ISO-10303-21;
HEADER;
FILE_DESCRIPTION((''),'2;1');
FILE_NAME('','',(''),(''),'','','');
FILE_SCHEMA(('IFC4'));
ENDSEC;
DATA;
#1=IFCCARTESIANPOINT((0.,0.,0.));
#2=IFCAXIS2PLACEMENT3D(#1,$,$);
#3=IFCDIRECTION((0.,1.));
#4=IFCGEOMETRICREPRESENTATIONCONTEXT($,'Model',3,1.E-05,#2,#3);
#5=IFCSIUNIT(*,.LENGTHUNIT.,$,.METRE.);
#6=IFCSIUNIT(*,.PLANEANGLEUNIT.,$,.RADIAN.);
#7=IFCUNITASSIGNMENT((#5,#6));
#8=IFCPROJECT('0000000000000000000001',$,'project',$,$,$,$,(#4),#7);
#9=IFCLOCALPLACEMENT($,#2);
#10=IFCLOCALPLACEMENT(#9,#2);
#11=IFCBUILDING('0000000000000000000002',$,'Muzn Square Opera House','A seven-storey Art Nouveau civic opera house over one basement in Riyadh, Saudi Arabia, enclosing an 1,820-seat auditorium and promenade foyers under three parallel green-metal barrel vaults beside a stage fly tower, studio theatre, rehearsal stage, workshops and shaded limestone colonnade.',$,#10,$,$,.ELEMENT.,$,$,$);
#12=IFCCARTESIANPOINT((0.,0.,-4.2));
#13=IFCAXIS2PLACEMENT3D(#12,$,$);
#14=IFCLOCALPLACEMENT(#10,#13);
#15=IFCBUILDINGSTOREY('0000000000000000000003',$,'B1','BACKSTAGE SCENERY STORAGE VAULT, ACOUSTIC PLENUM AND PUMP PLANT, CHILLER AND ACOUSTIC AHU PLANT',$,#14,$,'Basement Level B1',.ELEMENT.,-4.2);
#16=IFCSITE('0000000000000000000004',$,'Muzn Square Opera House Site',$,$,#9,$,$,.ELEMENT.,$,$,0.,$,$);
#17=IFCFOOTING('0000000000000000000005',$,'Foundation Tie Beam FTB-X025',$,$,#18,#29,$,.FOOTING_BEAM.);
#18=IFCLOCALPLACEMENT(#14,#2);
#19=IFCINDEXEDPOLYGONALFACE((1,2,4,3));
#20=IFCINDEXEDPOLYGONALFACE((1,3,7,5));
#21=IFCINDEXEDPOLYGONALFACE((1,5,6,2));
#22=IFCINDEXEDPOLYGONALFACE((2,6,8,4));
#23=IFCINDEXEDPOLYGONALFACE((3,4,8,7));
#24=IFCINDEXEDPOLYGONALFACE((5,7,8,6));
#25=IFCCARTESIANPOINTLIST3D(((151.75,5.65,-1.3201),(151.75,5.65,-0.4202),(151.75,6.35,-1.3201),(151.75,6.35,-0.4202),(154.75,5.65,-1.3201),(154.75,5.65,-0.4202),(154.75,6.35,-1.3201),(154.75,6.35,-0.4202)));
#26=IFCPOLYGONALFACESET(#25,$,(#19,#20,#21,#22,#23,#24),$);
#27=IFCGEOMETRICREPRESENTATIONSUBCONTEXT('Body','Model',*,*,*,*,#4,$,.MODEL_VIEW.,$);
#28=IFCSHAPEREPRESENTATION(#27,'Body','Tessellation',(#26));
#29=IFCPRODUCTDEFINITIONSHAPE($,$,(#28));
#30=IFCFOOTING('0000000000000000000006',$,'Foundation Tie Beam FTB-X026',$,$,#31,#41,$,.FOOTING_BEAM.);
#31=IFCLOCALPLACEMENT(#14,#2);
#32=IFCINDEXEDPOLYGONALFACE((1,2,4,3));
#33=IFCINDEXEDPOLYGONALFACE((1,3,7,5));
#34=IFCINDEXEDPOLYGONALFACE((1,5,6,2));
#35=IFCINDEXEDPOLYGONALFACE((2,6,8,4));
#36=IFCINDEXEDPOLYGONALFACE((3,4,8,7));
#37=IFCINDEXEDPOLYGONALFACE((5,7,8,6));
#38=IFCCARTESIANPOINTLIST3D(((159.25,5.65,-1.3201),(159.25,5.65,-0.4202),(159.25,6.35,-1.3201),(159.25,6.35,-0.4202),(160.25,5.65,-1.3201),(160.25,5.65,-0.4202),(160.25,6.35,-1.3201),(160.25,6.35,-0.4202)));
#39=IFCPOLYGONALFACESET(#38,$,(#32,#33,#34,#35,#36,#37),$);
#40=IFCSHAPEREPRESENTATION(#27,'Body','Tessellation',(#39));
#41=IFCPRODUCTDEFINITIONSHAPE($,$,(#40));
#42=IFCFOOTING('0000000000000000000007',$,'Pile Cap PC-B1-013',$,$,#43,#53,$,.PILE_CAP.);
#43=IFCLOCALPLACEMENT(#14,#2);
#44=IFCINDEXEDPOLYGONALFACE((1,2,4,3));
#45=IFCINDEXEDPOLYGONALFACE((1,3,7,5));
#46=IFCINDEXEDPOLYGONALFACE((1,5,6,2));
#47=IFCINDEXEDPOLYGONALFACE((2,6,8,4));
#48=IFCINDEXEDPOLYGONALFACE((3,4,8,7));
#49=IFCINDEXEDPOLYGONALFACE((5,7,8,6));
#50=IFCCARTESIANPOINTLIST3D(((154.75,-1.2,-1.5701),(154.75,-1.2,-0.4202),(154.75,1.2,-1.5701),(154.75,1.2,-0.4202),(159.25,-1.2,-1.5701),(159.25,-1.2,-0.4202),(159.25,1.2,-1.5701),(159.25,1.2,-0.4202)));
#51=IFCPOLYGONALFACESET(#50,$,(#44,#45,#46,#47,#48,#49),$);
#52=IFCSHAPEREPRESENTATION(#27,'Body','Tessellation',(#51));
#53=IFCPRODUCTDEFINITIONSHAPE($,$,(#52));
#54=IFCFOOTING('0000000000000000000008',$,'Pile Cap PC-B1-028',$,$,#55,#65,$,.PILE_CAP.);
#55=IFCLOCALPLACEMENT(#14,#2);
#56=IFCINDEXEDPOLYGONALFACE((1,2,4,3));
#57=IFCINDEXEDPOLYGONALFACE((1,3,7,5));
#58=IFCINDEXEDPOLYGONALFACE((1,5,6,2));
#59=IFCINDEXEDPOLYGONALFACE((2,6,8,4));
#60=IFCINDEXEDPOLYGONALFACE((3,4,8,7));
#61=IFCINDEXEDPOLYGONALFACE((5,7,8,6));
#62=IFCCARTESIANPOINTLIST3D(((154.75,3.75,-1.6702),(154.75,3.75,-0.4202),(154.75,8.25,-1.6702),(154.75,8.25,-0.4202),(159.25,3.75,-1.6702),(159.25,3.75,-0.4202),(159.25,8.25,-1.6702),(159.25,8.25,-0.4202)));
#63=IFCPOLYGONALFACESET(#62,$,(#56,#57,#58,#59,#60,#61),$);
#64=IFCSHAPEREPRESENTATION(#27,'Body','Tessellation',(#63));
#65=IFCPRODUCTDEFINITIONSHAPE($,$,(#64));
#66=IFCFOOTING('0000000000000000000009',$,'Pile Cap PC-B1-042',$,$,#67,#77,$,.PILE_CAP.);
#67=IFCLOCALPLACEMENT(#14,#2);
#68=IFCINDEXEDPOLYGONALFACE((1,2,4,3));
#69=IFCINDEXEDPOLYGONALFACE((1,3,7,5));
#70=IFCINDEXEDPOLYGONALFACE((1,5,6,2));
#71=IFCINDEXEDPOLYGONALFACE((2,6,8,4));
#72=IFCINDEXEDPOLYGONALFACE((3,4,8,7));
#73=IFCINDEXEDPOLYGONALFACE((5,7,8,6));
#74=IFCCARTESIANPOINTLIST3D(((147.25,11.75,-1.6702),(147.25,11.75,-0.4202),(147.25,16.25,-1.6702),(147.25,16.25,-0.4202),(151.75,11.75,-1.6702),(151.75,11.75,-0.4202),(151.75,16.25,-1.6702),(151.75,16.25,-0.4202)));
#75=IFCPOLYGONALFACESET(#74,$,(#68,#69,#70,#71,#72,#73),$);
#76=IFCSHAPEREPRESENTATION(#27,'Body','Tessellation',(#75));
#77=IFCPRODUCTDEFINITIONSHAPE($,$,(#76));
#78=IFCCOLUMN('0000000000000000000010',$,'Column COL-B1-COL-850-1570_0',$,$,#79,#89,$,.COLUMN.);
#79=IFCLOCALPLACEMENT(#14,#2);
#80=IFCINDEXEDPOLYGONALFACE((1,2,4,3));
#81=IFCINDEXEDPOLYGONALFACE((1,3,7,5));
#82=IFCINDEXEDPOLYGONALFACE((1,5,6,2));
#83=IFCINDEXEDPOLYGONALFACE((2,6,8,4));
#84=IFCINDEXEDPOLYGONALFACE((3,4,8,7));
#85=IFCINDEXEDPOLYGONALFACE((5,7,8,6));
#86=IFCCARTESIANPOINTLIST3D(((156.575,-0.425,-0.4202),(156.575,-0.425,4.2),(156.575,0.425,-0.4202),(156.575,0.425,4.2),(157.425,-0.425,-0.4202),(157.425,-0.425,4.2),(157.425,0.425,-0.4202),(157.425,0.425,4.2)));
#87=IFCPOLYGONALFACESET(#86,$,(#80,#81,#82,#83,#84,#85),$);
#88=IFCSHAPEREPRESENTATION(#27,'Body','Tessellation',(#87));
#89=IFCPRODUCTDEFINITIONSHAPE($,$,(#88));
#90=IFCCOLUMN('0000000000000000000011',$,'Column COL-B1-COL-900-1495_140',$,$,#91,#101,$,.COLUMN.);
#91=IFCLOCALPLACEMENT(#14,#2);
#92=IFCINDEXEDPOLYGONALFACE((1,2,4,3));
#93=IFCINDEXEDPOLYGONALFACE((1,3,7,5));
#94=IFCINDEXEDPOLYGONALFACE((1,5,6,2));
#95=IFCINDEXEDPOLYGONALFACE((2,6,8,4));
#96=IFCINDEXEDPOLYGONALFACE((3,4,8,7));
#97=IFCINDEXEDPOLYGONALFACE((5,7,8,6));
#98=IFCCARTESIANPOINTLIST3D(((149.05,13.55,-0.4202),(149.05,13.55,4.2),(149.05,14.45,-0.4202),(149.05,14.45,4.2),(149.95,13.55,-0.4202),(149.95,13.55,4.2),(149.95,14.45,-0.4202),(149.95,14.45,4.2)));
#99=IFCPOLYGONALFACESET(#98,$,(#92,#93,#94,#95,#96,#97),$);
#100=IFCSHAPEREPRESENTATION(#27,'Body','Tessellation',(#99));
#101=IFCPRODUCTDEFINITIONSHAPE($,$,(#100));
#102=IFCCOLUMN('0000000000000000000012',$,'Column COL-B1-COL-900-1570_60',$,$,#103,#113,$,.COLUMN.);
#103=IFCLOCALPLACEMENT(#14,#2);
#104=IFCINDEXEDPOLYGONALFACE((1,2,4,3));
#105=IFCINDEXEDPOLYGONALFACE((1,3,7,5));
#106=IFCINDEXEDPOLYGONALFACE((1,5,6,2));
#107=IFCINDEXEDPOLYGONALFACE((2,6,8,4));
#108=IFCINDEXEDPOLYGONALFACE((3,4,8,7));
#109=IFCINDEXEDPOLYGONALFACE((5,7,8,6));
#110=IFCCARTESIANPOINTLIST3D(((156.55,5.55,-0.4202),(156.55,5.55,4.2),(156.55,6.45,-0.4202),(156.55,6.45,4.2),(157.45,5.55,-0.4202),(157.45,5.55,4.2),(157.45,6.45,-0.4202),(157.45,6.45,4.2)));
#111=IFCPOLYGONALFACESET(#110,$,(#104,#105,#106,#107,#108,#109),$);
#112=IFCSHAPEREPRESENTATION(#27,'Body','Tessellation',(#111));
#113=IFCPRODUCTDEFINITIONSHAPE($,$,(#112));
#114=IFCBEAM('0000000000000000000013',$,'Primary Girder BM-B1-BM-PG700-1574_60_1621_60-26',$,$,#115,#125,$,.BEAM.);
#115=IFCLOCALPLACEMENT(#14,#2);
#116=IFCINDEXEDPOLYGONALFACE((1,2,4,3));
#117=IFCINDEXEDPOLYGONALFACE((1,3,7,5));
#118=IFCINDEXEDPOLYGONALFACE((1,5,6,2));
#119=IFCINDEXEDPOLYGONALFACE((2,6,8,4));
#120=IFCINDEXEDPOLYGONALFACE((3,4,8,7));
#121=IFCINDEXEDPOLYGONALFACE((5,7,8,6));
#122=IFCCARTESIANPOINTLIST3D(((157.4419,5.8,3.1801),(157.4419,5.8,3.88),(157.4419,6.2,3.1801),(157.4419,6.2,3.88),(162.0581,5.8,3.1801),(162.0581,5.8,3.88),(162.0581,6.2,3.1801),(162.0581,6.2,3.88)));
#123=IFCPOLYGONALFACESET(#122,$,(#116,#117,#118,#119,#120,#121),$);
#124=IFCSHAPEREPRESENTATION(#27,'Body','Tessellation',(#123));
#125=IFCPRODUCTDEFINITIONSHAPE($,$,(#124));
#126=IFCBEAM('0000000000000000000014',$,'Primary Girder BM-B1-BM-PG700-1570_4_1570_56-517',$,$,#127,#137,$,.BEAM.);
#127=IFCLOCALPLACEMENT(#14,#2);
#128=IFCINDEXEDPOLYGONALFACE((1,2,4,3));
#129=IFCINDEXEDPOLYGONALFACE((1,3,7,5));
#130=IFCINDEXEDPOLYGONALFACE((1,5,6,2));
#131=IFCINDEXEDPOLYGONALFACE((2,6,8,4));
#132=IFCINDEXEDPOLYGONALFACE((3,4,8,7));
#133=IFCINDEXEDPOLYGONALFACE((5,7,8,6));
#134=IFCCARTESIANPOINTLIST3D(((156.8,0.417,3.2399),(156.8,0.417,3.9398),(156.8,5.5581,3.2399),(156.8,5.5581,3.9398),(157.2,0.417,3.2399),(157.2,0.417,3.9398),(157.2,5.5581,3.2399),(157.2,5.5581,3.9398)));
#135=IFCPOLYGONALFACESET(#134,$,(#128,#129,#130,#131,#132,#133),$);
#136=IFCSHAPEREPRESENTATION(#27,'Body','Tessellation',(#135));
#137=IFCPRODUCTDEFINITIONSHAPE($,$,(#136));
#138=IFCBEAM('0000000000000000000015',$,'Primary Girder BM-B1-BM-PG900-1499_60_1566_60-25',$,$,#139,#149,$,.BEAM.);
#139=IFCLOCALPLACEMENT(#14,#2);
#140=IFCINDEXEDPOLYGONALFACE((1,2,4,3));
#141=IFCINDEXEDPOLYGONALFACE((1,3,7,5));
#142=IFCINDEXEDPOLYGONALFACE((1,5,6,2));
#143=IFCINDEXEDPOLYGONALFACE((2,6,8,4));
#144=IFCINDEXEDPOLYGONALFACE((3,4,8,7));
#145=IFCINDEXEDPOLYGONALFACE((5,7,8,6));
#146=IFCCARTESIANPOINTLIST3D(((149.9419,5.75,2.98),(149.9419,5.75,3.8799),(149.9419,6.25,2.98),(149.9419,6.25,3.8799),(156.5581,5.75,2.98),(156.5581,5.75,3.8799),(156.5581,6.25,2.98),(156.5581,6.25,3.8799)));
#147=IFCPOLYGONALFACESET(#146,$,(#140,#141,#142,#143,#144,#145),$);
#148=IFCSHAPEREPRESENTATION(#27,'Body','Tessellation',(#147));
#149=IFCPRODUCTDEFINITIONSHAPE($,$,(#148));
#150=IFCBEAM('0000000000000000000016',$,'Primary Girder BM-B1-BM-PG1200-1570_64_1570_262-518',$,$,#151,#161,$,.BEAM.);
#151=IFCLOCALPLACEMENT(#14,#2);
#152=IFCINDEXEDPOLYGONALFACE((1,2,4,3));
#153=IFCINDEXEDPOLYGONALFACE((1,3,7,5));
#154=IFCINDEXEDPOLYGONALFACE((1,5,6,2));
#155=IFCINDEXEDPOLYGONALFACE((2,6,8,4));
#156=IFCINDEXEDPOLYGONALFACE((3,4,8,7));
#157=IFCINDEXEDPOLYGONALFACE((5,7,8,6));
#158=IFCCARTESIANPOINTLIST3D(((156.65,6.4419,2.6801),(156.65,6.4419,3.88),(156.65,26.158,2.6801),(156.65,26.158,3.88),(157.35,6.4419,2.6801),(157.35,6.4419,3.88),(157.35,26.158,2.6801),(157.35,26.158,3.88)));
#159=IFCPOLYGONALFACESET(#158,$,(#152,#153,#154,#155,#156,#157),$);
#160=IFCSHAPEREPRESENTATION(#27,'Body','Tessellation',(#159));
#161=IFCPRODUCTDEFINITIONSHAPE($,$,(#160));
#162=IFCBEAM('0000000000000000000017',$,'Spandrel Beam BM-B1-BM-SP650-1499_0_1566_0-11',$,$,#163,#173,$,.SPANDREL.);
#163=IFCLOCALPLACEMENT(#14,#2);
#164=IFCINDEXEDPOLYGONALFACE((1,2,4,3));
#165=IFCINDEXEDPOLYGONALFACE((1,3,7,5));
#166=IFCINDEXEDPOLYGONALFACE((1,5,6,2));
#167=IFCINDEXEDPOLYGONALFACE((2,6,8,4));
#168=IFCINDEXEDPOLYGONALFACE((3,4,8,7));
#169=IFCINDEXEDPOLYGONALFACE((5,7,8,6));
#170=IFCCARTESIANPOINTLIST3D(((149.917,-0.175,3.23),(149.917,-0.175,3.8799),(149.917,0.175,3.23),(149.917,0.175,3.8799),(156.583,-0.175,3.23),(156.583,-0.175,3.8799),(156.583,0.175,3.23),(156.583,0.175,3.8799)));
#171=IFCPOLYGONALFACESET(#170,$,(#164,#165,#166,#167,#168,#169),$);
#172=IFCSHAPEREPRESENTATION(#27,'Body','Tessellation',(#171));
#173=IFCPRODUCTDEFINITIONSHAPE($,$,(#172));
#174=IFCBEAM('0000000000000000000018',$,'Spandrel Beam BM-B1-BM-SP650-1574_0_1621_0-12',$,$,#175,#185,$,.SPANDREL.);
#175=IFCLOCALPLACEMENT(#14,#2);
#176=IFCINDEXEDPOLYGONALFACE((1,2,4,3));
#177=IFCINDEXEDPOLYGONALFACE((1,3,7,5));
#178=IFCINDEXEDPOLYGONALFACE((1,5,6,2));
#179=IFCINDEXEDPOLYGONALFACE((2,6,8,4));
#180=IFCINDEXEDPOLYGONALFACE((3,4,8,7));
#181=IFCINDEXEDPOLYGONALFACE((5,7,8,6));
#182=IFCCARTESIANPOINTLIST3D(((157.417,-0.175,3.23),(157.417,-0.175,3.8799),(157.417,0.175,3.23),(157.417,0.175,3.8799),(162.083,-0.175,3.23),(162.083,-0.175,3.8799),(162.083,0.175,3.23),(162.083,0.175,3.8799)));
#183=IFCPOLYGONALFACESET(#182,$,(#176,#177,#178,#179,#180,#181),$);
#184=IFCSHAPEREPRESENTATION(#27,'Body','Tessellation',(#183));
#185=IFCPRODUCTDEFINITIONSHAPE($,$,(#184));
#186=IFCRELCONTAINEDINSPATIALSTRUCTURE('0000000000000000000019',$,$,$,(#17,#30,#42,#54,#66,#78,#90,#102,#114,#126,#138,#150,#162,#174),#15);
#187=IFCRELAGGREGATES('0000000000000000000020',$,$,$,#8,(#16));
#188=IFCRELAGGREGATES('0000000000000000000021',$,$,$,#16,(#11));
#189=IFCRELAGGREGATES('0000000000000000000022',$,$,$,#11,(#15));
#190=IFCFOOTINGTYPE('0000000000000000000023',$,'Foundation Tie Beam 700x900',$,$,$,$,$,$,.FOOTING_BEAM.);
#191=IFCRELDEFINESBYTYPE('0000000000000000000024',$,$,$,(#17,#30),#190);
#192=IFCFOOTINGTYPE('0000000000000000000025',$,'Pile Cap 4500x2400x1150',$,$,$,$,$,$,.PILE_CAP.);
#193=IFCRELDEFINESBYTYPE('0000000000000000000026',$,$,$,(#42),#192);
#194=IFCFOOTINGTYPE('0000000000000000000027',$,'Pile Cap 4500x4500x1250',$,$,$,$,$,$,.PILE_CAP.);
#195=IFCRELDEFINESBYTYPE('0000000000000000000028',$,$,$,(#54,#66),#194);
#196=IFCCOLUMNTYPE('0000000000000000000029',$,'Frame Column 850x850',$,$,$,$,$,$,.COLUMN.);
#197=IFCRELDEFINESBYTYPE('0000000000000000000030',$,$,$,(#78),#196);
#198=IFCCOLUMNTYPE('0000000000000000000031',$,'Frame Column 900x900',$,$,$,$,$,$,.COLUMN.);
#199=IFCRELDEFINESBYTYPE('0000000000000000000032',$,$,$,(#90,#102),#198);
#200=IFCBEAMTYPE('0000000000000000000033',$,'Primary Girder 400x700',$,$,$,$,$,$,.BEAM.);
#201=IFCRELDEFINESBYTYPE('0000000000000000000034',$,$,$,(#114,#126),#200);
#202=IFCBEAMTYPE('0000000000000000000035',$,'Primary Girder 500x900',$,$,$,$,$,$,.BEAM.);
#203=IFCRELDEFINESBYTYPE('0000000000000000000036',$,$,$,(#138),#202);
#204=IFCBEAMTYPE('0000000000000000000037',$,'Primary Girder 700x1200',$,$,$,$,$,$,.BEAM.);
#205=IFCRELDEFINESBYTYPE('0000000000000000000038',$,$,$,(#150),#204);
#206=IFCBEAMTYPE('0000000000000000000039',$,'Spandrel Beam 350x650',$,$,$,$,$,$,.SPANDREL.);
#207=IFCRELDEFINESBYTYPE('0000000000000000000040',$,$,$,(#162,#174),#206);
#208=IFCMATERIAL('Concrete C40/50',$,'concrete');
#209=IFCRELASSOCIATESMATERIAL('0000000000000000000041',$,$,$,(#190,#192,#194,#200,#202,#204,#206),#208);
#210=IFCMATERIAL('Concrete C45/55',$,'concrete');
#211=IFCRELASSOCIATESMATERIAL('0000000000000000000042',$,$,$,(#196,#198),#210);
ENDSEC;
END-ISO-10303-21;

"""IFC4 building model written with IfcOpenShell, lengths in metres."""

from ifc_helpers import new_model, si_unit, direction, frame, origin, origin_2d, place, context, subcontext, project, spatial, rectangle, extrude, material, material_profile, profile_set, type_object, element, save


model = new_model("IFC4")

# Units and contexts
model_context = context("Model", 3, precision=1e-05, world=origin(), true_north=direction((0.0, 1.0)))
body_context = subcontext(model_context, "Body", "Model", "MODEL_VIEW")
ifc_project = project(units=[si_unit("LENGTHUNIT", "METRE"), si_unit("PLANEANGLEUNIT", "RADIAN")], contexts=[model_context])

# Site, building, storey
site_placement = place(None, origin())
site = spatial("IfcSite", under=ifc_project, at=site_placement, Name="Muzn Square Opera House Site", CompositionType="ELEMENT", RefElevation=0.0)
building_placement = place(site_placement, origin())
building = spatial("IfcBuilding", under=site, at=building_placement, Name="Muzn Square Opera House", Description="A seven-storey Art Nouveau civic opera house over one basement in Riyadh, Saudi Arabia, enclosing an 1,820-seat auditorium and promenade foyers under three parallel green-metal barrel vaults beside a stage fly tower, studio theatre, rehearsal stage, workshops and shaded limestone colonnade.", CompositionType="ELEMENT")
storey_placement = place(building_placement, frame((0.0, 0.0, -4.2)))
storey = spatial("IfcBuildingStorey", under=building, at=storey_placement, Name="B1", Description="BACKSTAGE SCENERY STORAGE VAULT, ACOUSTIC PLENUM AND PUMP PLANT, CHILLER AND ACOUSTIC AHU PLANT", LongName="Basement Level B1", CompositionType="ELEMENT", Elevation=-4.2)

# Shared definitions
ifc_material_1 = material(Name="Concrete C40/50", Category="concrete")

# Footings
ifc_material_profile_1 = material_profile(ifc_material_1, rectangle(XDim=0.7, YDim=0.8999, at=origin_2d()), Name="RCTB 700x900", Category="concrete")
ifc_profile_set_1 = profile_set([ifc_material_profile_1], Name="Concrete C40/50")
footing_type_1 = type_object("IfcFootingType", Name="Foundation Tie Beam 700x900", PredefinedType="FOOTING_BEAM", material=ifc_profile_set_1)
footing_1_placement = place(storey_placement, frame((151.75, 6.0, -0.8701), z_axis=(1.0, 0.0, 0.0), x_axis=(0.0, 1.0, 0.0)))
element("IfcFooting", 1, at=footing_1_placement, inside=storey, type_object=footing_type_1, Name="Foundation Tie Beam FTB-X025", PredefinedType="FOOTING_BEAM", context=body_context, shape_type="SweptSolid", body=[
    extrude(rectangle(XDim=0.7, YDim=0.8999, at=origin_2d()), origin(), (0.0, 0.0, 1.0), 3.0),
])
footing_2_placement = place(storey_placement, frame((159.25, 6.0, -0.8701), z_axis=(1.0, 0.0, 0.0), x_axis=(0.0, 1.0, 0.0)))
element("IfcFooting", 2, at=footing_2_placement, inside=storey, type_object=footing_type_1, Name="Foundation Tie Beam FTB-X026", PredefinedType="FOOTING_BEAM", context=body_context, shape_type="SweptSolid", body=[
    extrude(rectangle(XDim=0.7, YDim=0.8999, at=origin_2d()), origin(), (0.0, 0.0, 1.0), 1.0),
])
footing_type_2 = type_object("IfcFootingType", Name="Pile Cap 4500x2400x1150", PredefinedType="PILE_CAP", material=ifc_material_1)
footing_3_placement = place(storey_placement, frame((157.0, 0.0, -1.5701), z_axis=(0.0, 0.0, 1.0), x_axis=(1.0, 0.0, 0.0)))
element("IfcFooting", 3, at=footing_3_placement, inside=storey, type_object=footing_type_2, Name="Pile Cap PC-B1-013", PredefinedType="PILE_CAP", context=body_context, shape_type="SweptSolid", body=[
    extrude(rectangle(XDim=4.5, YDim=2.3999, at=origin_2d()), origin(), (0.0, 0.0, 1.0), 1.1499),
])
footing_type_3 = type_object("IfcFootingType", Name="Pile Cap 4500x4500x1250", PredefinedType="PILE_CAP", material=ifc_material_1)
for number, where, z_axis, x_axis, name in (
    (4, (157.0, 6.0, -1.6702), (0.0, 0.0, 1.0), (1.0, 0.0, 0.0), "Pile Cap PC-B1-028"),
    (5, (149.5, 14.0, -1.6702), (0.0, 0.0, 1.0), (1.0, 0.0, 0.0), "Pile Cap PC-B1-042"),
):
    element("IfcFooting", number, at=place(storey_placement, frame(where, z_axis=z_axis, x_axis=x_axis)), inside=storey, type_object=footing_type_3, Name=name, PredefinedType="PILE_CAP", context=body_context, shape_type="SweptSolid", body=[
        extrude(rectangle(XDim=4.5, YDim=4.5, at=origin_2d()), origin(), (0.0, 0.0, 1.0), 1.25),
    ])

# Columns
ifc_material_2 = material(Name="Concrete C45/55", Category="concrete")
ifc_material_profile_2 = material_profile(ifc_material_2, rectangle(XDim=0.8501, YDim=0.8501, at=origin_2d()), Name="RC 850x850", Category="concrete")
ifc_profile_set_2 = profile_set([ifc_material_profile_2], Name="Concrete C45/55")
column_type_1 = type_object("IfcColumnType", Name="Frame Column 850x850", PredefinedType="COLUMN", material=ifc_profile_set_2)
column_placement = place(storey_placement, frame((157.0, 0.0, -0.4202), z_axis=(0.0, 0.0, 1.0), x_axis=(1.0, 0.0, 0.0)))
element("IfcColumn", 6, at=column_placement, inside=storey, type_object=column_type_1, Name="Column COL-B1-COL-850-1570_0", PredefinedType="COLUMN", context=body_context, shape_type="SweptSolid", body=[
    extrude(rectangle(XDim=0.8501, YDim=0.8501, at=origin_2d()), origin(), (0.0, 0.0, 1.0), 4.6201),
])
ifc_material_profile_3 = material_profile(ifc_material_2, rectangle(XDim=0.8999, YDim=0.8999, at=origin_2d()), Name="RC 900x900", Category="concrete")
ifc_profile_set_3 = profile_set([ifc_material_profile_3], Name="Concrete C45/55")
column_type_2 = type_object("IfcColumnType", Name="Frame Column 900x900", PredefinedType="COLUMN", material=ifc_profile_set_3)
for number, where, z_axis, x_axis, name in (
    (7, (149.5, 14.0, -0.4202), (0.0, 0.0, 1.0), (1.0, 0.0, 0.0), "Column COL-B1-COL-900-1495_140"),
    (8, (157.0, 6.0, -0.4202), (0.0, 0.0, 1.0), (1.0, 0.0, 0.0), "Column COL-B1-COL-900-1570_60"),
):
    element("IfcColumn", number, at=place(storey_placement, frame(where, z_axis=z_axis, x_axis=x_axis)), inside=storey, type_object=column_type_2, Name=name, PredefinedType="COLUMN", context=body_context, shape_type="SweptSolid", body=[
        extrude(rectangle(XDim=0.8999, YDim=0.8999, at=origin_2d()), origin(), (0.0, 0.0, 1.0), 4.6201),
    ])

# Beams
ifc_material_profile_4 = material_profile(ifc_material_1, rectangle(XDim=0.3999, YDim=0.7, at=origin_2d()), Name="RCB 400x700", Category="concrete")
ifc_profile_set_4 = profile_set([ifc_material_profile_4], Name="Concrete C40/50")
beam_type_1 = type_object("IfcBeamType", Name="Primary Girder 400x700", PredefinedType="BEAM", material=ifc_profile_set_4)
beam_1_placement = place(storey_placement, frame((157.4419, 6.0, 3.53), z_axis=(1.0, 0.0, 0.0), x_axis=(0.0, 1.0, 0.0)))
element("IfcBeam", 9, at=beam_1_placement, inside=storey, type_object=beam_type_1, Name="Primary Girder BM-B1-BM-PG700-1574_60_1621_60-26", PredefinedType="BEAM", context=body_context, shape_type="SweptSolid", body=[
    extrude(rectangle(XDim=0.3999, YDim=0.7, at=origin_2d()), origin(), (0.0, 0.0, 1.0), 4.6162),
])
beam_2_placement = place(storey_placement, frame((157.0, 0.417, 3.5898), z_axis=(0.0, 1.0, 0.0), x_axis=(-1.0, 0.0, 0.0)))
element("IfcBeam", 10, at=beam_2_placement, inside=storey, type_object=beam_type_1, Name="Primary Girder BM-B1-BM-PG700-1570_4_1570_56-517", PredefinedType="BEAM", context=body_context, shape_type="SweptSolid", body=[
    extrude(rectangle(XDim=0.3999, YDim=0.7, at=origin_2d()), origin(), (0.0, 0.0, 1.0), 5.1411),
])
ifc_material_profile_5 = material_profile(ifc_material_1, rectangle(XDim=0.5, YDim=0.8999, at=origin_2d()), Name="RCB 500x900", Category="concrete")
ifc_profile_set_5 = profile_set([ifc_material_profile_5], Name="Concrete C40/50")
beam_type_2 = type_object("IfcBeamType", Name="Primary Girder 500x900", PredefinedType="BEAM", material=ifc_profile_set_5)
beam_3_placement = place(storey_placement, frame((149.9419, 6.0, 3.4299), z_axis=(1.0, 0.0, 0.0), x_axis=(0.0, 1.0, 0.0)))
element("IfcBeam", 11, at=beam_3_placement, inside=storey, type_object=beam_type_2, Name="Primary Girder BM-B1-BM-PG900-1499_60_1566_60-25", PredefinedType="BEAM", context=body_context, shape_type="SweptSolid", body=[
    extrude(rectangle(XDim=0.5, YDim=0.8999, at=origin_2d()), origin(), (0.0, 0.0, 1.0), 6.6162),
])
ifc_material_profile_6 = material_profile(ifc_material_1, rectangle(XDim=0.7, YDim=1.2, at=origin_2d()), Name="RCB 700x1200", Category="concrete")
ifc_profile_set_6 = profile_set([ifc_material_profile_6], Name="Concrete C40/50")
beam_type_3 = type_object("IfcBeamType", Name="Primary Girder 700x1200", PredefinedType="BEAM", material=ifc_profile_set_6)
beam_4_placement = place(storey_placement, frame((157.0, 6.4419, 3.28), z_axis=(0.0, 1.0, 0.0), x_axis=(-1.0, 0.0, 0.0)))
element("IfcBeam", 12, at=beam_4_placement, inside=storey, type_object=beam_type_3, Name="Primary Girder BM-B1-BM-PG1200-1570_64_1570_262-518", PredefinedType="BEAM", context=body_context, shape_type="SweptSolid", body=[
    extrude(rectangle(XDim=0.7, YDim=1.2, at=origin_2d()), origin(), (0.0, 0.0, 1.0), 19.7161),
])
ifc_material_profile_7 = material_profile(ifc_material_1, rectangle(XDim=0.3501, YDim=0.6499, at=origin_2d()), Name="RCS 350x650", Category="concrete")
ifc_profile_set_7 = profile_set([ifc_material_profile_7], Name="Concrete C40/50")
beam_type_4 = type_object("IfcBeamType", Name="Spandrel Beam 350x650", PredefinedType="SPANDREL", material=ifc_profile_set_7)
beam_5_placement = place(storey_placement, frame((149.917, 0.0, 3.5549), z_axis=(1.0, 0.0, 0.0), x_axis=(0.0, 1.0, 0.0)))
element("IfcBeam", 13, at=beam_5_placement, inside=storey, type_object=beam_type_4, Name="Spandrel Beam BM-B1-BM-SP650-1499_0_1566_0-11", PredefinedType="SPANDREL", context=body_context, shape_type="SweptSolid", body=[
    extrude(rectangle(XDim=0.3501, YDim=0.6499, at=origin_2d()), origin(), (0.0, 0.0, 1.0), 6.666),
])
beam_6_placement = place(storey_placement, frame((157.417, 0.0, 3.5549), z_axis=(1.0, 0.0, 0.0), x_axis=(0.0, 1.0, 0.0)))
element("IfcBeam", 14, at=beam_6_placement, inside=storey, type_object=beam_type_4, Name="Spandrel Beam BM-B1-BM-SP650-1574_0_1621_0-12", PredefinedType="SPANDREL", context=body_context, shape_type="SweptSolid", body=[
    extrude(rectangle(XDim=0.3501, YDim=0.6499, at=origin_2d()), origin(), (0.0, 0.0, 1.0), 4.666),
])

save(model, "model.ifc")
